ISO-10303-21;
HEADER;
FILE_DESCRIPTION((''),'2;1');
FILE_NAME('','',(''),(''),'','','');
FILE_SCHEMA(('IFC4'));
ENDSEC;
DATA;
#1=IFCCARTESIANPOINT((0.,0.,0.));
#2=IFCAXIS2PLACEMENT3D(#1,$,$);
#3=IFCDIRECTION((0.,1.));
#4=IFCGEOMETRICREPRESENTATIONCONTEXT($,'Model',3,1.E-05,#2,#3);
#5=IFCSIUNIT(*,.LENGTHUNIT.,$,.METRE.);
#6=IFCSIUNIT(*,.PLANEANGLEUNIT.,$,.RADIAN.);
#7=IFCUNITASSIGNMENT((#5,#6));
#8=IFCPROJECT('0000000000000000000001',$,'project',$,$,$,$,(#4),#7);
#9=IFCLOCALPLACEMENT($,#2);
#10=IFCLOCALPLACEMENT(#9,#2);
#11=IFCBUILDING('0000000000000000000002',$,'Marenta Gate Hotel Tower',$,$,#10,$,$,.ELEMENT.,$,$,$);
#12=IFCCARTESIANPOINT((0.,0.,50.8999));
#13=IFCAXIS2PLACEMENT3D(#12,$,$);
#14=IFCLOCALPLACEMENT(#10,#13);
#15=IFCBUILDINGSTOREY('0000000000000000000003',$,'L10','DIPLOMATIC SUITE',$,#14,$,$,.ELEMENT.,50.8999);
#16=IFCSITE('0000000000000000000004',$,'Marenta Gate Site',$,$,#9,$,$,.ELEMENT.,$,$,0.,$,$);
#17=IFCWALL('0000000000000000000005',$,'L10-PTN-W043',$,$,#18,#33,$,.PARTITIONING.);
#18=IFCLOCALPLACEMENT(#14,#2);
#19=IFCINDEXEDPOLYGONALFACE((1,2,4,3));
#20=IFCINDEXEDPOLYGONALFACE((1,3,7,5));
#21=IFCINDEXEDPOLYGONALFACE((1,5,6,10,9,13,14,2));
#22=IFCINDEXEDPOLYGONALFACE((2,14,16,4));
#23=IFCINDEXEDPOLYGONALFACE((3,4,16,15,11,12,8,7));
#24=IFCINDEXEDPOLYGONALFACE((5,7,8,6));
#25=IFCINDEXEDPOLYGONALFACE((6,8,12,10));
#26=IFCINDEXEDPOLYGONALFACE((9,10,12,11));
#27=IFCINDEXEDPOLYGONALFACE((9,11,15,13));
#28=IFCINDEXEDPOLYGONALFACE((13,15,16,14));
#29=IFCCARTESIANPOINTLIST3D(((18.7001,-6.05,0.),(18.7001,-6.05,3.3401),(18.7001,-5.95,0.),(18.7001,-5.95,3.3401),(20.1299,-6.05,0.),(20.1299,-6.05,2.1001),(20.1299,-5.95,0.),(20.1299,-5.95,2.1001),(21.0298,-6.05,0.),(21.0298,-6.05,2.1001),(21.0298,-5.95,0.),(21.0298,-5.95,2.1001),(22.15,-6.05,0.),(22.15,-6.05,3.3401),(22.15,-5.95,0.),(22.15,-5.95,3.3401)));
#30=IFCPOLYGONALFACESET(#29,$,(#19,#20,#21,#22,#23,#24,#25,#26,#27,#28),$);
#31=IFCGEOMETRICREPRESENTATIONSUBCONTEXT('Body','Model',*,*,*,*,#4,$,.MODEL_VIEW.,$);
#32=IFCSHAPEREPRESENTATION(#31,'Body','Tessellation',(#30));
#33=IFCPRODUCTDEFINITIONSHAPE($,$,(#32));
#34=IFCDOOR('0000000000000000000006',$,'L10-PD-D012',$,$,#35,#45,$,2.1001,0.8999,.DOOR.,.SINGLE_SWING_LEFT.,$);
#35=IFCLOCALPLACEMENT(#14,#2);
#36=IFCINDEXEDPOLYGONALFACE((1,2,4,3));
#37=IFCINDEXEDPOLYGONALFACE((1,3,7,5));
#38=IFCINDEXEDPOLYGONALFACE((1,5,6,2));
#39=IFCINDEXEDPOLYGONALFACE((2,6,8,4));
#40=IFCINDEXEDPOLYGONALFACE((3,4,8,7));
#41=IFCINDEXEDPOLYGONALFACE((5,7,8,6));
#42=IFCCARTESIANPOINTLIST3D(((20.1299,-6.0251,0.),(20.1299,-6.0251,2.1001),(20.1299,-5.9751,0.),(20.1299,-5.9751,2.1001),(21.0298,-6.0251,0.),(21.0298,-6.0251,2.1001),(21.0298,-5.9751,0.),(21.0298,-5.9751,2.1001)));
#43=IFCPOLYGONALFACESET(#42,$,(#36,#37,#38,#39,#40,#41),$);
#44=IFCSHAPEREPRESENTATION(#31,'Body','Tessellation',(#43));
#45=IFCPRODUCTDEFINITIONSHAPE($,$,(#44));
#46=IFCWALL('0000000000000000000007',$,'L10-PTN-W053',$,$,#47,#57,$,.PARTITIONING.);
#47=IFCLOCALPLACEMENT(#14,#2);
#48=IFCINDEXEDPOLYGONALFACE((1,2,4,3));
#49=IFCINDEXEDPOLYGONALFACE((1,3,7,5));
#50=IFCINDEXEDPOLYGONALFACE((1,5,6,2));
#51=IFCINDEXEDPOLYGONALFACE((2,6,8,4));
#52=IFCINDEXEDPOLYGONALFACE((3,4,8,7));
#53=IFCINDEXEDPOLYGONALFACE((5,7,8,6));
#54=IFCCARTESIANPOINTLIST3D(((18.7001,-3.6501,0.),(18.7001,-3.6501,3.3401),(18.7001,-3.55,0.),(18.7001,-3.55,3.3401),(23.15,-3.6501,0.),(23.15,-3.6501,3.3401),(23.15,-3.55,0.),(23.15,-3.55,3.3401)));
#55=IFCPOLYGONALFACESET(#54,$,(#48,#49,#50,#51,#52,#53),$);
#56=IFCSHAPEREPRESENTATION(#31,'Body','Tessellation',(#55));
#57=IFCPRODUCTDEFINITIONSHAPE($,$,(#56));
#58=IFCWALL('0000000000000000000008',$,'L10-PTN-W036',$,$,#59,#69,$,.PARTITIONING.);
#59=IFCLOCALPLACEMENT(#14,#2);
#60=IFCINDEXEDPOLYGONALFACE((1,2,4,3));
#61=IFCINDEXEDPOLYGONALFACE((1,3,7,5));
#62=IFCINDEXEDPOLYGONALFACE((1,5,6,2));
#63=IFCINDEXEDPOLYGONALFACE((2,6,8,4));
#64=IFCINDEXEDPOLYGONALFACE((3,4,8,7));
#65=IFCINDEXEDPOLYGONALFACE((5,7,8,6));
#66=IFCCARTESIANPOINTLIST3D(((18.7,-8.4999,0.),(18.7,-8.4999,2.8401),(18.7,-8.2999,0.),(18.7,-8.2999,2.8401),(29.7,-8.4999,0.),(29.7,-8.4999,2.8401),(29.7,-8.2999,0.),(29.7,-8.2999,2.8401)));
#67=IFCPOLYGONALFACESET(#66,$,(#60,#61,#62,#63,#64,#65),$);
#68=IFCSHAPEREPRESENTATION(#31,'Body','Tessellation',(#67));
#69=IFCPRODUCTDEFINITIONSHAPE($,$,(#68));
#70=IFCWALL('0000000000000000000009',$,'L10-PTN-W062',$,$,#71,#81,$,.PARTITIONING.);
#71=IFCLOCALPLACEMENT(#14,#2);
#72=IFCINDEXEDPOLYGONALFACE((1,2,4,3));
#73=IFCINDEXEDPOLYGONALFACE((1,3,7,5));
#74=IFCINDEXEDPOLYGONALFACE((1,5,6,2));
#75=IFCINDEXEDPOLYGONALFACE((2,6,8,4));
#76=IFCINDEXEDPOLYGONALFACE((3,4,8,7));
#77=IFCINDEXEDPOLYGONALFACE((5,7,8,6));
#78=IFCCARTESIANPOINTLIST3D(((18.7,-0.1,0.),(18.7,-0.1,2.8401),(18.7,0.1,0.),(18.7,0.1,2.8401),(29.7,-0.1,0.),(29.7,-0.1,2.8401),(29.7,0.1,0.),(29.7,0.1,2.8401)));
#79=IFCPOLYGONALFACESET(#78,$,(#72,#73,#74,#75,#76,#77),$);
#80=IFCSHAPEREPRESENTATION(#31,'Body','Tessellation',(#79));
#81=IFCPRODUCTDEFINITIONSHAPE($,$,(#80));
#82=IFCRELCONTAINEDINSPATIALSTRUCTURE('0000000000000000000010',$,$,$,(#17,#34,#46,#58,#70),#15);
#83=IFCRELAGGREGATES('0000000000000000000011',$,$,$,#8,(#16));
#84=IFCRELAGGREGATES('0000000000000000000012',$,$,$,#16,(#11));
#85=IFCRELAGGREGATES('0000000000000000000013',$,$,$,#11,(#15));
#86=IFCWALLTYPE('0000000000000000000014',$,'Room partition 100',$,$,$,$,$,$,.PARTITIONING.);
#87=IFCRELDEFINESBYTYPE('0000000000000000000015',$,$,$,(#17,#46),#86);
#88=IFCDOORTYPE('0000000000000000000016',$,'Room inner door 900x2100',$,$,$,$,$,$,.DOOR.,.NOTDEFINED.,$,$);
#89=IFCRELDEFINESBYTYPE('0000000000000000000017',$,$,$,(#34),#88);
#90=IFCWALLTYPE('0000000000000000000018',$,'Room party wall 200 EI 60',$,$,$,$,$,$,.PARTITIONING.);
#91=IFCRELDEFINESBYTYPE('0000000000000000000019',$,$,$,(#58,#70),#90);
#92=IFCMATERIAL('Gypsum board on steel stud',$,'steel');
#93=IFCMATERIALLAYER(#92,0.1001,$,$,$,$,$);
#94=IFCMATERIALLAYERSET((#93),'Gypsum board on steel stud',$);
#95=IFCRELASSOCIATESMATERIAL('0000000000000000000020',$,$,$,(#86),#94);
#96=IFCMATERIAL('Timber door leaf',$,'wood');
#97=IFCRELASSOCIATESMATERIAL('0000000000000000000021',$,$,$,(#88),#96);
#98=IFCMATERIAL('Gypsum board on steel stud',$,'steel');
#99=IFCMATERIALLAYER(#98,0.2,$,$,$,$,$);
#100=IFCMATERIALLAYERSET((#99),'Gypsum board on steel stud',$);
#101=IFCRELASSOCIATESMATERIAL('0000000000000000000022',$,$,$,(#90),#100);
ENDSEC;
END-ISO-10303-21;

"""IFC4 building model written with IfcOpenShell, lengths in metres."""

from ifc_helpers import new_model, si_unit, direction, frame, frame_2d, origin, place, context, subcontext, project, spatial, rectangle, extrude, material, layer, layer_set, type_object, element, fill, save


model = new_model("IFC4")

# Units and contexts
model_context = context("Model", 3, precision=1e-05, world=origin(), true_north=direction((0.0, 1.0)))
body_context = subcontext(model_context, "Body", "Model", "MODEL_VIEW")
ifc_project = project(units=[si_unit("LENGTHUNIT", "METRE"), si_unit("PLANEANGLEUNIT", "RADIAN")], contexts=[model_context])

# Site, building, storey
site_placement = place(None, origin())
site = spatial("IfcSite", under=ifc_project, at=site_placement, Name="Marenta Gate Site", CompositionType="ELEMENT", RefElevation=0.0)
building_placement = place(site_placement, origin())
building = spatial("IfcBuilding", under=site, at=building_placement, Name="Marenta Gate Hotel Tower", CompositionType="ELEMENT")
storey_placement = place(building_placement, frame((0.0, 0.0, 50.8999)))
storey = spatial("IfcBuildingStorey", under=building, at=storey_placement, Name="L10", Description="DIPLOMATIC SUITE", CompositionType="ELEMENT", Elevation=50.8999)

# Wall, opening, door
ifc_material_1 = material(Name="Gypsum board on steel stud", Category="steel")
ifc_layer_1 = layer(ifc_material_1, 0.1001)
ifc_layer_set_1 = layer_set([ifc_layer_1], Name="Gypsum board on steel stud")
wall_type_1 = type_object("IfcWallType", Name="Room partition 100", PredefinedType="PARTITIONING", material=ifc_layer_set_1)
wall_1_placement = place(storey_placement, frame((18.7, -6.0, 0.0), z_axis=(0.0, 0.0, 1.0), x_axis=(1.0, 0.0, 0.0)))
wall_1 = element("IfcWall", 1, at=wall_1_placement, inside=storey, type_object=wall_type_1, Name="L10-PTN-W043", PredefinedType="PARTITIONING", context=body_context, shape_type="SweptSolid", body=[
    extrude(rectangle(XDim=3.45, YDim=0.1001, at=frame_2d((1.7251, 0.0))), origin(), (0.0, 0.0, 1.0), 3.3401),
])
opening_1_placement = place(wall_1_placement, frame((1.4299, 0.0, 0.0)))
opening_1 = element("IfcOpeningElement", 2, at=opening_1_placement, cuts=wall_1, PredefinedType="OPENING", context=body_context, shape_type="SweptSolid", body=[
    extrude(rectangle(XDim=0.8999, YDim=2.1001, at=frame_2d((0.45, 1.05))), frame((0.0, 0.05, 0.0), z_axis=(0.0, -1.0, 0.0), x_axis=(1.0, 0.0, 0.0)), (0.0, 0.0, 1.0), 0.1001),
])
ifc_material_2 = material(Name="Timber door leaf", Category="wood")
door_type_1 = type_object("IfcDoorType", Name="Room inner door 900x2100", OperationType="NOTDEFINED", PredefinedType="DOOR", material=ifc_material_2)
door_1_placement = place(opening_1_placement, origin())
door_1 = element("IfcDoor", 3, at=door_1_placement, inside=storey, type_object=door_type_1, Name="L10-PD-D012", OperationType="SINGLE_SWING_LEFT", OverallHeight=2.1001, OverallWidth=0.8999, PredefinedType="DOOR", context=body_context, shape_type="SweptSolid", body=[
    extrude(rectangle(XDim=0.8999, YDim=2.1001, at=frame_2d((0.45, 1.05))), frame((0.0, 0.0249, 0.0), z_axis=(0.0, -1.0, 0.0), x_axis=(1.0, 0.0, 0.0)), (0.0, 0.0, 1.0), 0.05),
])
fill(opening_1, door_1)

# Walls
wall_2_placement = place(storey_placement, frame((18.7, -3.6001, 0.0), z_axis=(0.0, 0.0, 1.0), x_axis=(1.0, 0.0, 0.0)))
element("IfcWall", 4, at=wall_2_placement, inside=storey, type_object=wall_type_1, Name="L10-PTN-W053", PredefinedType="PARTITIONING", context=body_context, shape_type="SweptSolid", body=[
    extrude(rectangle(XDim=4.45, YDim=0.1001, at=frame_2d((2.2251, 0.0))), origin(), (0.0, 0.0, 1.0), 3.3401),
])
ifc_material_3 = material(Name="Gypsum board on steel stud", Category="steel")
ifc_layer_2 = layer(ifc_material_3, 0.2)
ifc_layer_set_2 = layer_set([ifc_layer_2], Name="Gypsum board on steel stud")
wall_type_2 = type_object("IfcWallType", Name="Room party wall 200 EI 60", PredefinedType="PARTITIONING", material=ifc_layer_set_2)
for number, where, z_axis, x_axis, name in (
    (5, (18.7, -8.3999, 0.0), (0.0, 0.0, 1.0), (1.0, 0.0, 0.0), "L10-PTN-W036"),
    (6, (18.7, 0.0, 0.0), (0.0, 0.0, 1.0), (1.0, 0.0, 0.0), "L10-PTN-W062"),
):
    element("IfcWall", number, at=place(storey_placement, frame(where, z_axis=z_axis, x_axis=x_axis)), inside=storey, type_object=wall_type_2, Name=name, PredefinedType="PARTITIONING", context=body_context, shape_type="SweptSolid", body=[
        extrude(rectangle(XDim=11.0, YDim=0.2, at=frame_2d((5.5, 0.0))), origin(), (0.0, 0.0, 1.0), 2.8401),
    ])

save(model, "model.ifc")
